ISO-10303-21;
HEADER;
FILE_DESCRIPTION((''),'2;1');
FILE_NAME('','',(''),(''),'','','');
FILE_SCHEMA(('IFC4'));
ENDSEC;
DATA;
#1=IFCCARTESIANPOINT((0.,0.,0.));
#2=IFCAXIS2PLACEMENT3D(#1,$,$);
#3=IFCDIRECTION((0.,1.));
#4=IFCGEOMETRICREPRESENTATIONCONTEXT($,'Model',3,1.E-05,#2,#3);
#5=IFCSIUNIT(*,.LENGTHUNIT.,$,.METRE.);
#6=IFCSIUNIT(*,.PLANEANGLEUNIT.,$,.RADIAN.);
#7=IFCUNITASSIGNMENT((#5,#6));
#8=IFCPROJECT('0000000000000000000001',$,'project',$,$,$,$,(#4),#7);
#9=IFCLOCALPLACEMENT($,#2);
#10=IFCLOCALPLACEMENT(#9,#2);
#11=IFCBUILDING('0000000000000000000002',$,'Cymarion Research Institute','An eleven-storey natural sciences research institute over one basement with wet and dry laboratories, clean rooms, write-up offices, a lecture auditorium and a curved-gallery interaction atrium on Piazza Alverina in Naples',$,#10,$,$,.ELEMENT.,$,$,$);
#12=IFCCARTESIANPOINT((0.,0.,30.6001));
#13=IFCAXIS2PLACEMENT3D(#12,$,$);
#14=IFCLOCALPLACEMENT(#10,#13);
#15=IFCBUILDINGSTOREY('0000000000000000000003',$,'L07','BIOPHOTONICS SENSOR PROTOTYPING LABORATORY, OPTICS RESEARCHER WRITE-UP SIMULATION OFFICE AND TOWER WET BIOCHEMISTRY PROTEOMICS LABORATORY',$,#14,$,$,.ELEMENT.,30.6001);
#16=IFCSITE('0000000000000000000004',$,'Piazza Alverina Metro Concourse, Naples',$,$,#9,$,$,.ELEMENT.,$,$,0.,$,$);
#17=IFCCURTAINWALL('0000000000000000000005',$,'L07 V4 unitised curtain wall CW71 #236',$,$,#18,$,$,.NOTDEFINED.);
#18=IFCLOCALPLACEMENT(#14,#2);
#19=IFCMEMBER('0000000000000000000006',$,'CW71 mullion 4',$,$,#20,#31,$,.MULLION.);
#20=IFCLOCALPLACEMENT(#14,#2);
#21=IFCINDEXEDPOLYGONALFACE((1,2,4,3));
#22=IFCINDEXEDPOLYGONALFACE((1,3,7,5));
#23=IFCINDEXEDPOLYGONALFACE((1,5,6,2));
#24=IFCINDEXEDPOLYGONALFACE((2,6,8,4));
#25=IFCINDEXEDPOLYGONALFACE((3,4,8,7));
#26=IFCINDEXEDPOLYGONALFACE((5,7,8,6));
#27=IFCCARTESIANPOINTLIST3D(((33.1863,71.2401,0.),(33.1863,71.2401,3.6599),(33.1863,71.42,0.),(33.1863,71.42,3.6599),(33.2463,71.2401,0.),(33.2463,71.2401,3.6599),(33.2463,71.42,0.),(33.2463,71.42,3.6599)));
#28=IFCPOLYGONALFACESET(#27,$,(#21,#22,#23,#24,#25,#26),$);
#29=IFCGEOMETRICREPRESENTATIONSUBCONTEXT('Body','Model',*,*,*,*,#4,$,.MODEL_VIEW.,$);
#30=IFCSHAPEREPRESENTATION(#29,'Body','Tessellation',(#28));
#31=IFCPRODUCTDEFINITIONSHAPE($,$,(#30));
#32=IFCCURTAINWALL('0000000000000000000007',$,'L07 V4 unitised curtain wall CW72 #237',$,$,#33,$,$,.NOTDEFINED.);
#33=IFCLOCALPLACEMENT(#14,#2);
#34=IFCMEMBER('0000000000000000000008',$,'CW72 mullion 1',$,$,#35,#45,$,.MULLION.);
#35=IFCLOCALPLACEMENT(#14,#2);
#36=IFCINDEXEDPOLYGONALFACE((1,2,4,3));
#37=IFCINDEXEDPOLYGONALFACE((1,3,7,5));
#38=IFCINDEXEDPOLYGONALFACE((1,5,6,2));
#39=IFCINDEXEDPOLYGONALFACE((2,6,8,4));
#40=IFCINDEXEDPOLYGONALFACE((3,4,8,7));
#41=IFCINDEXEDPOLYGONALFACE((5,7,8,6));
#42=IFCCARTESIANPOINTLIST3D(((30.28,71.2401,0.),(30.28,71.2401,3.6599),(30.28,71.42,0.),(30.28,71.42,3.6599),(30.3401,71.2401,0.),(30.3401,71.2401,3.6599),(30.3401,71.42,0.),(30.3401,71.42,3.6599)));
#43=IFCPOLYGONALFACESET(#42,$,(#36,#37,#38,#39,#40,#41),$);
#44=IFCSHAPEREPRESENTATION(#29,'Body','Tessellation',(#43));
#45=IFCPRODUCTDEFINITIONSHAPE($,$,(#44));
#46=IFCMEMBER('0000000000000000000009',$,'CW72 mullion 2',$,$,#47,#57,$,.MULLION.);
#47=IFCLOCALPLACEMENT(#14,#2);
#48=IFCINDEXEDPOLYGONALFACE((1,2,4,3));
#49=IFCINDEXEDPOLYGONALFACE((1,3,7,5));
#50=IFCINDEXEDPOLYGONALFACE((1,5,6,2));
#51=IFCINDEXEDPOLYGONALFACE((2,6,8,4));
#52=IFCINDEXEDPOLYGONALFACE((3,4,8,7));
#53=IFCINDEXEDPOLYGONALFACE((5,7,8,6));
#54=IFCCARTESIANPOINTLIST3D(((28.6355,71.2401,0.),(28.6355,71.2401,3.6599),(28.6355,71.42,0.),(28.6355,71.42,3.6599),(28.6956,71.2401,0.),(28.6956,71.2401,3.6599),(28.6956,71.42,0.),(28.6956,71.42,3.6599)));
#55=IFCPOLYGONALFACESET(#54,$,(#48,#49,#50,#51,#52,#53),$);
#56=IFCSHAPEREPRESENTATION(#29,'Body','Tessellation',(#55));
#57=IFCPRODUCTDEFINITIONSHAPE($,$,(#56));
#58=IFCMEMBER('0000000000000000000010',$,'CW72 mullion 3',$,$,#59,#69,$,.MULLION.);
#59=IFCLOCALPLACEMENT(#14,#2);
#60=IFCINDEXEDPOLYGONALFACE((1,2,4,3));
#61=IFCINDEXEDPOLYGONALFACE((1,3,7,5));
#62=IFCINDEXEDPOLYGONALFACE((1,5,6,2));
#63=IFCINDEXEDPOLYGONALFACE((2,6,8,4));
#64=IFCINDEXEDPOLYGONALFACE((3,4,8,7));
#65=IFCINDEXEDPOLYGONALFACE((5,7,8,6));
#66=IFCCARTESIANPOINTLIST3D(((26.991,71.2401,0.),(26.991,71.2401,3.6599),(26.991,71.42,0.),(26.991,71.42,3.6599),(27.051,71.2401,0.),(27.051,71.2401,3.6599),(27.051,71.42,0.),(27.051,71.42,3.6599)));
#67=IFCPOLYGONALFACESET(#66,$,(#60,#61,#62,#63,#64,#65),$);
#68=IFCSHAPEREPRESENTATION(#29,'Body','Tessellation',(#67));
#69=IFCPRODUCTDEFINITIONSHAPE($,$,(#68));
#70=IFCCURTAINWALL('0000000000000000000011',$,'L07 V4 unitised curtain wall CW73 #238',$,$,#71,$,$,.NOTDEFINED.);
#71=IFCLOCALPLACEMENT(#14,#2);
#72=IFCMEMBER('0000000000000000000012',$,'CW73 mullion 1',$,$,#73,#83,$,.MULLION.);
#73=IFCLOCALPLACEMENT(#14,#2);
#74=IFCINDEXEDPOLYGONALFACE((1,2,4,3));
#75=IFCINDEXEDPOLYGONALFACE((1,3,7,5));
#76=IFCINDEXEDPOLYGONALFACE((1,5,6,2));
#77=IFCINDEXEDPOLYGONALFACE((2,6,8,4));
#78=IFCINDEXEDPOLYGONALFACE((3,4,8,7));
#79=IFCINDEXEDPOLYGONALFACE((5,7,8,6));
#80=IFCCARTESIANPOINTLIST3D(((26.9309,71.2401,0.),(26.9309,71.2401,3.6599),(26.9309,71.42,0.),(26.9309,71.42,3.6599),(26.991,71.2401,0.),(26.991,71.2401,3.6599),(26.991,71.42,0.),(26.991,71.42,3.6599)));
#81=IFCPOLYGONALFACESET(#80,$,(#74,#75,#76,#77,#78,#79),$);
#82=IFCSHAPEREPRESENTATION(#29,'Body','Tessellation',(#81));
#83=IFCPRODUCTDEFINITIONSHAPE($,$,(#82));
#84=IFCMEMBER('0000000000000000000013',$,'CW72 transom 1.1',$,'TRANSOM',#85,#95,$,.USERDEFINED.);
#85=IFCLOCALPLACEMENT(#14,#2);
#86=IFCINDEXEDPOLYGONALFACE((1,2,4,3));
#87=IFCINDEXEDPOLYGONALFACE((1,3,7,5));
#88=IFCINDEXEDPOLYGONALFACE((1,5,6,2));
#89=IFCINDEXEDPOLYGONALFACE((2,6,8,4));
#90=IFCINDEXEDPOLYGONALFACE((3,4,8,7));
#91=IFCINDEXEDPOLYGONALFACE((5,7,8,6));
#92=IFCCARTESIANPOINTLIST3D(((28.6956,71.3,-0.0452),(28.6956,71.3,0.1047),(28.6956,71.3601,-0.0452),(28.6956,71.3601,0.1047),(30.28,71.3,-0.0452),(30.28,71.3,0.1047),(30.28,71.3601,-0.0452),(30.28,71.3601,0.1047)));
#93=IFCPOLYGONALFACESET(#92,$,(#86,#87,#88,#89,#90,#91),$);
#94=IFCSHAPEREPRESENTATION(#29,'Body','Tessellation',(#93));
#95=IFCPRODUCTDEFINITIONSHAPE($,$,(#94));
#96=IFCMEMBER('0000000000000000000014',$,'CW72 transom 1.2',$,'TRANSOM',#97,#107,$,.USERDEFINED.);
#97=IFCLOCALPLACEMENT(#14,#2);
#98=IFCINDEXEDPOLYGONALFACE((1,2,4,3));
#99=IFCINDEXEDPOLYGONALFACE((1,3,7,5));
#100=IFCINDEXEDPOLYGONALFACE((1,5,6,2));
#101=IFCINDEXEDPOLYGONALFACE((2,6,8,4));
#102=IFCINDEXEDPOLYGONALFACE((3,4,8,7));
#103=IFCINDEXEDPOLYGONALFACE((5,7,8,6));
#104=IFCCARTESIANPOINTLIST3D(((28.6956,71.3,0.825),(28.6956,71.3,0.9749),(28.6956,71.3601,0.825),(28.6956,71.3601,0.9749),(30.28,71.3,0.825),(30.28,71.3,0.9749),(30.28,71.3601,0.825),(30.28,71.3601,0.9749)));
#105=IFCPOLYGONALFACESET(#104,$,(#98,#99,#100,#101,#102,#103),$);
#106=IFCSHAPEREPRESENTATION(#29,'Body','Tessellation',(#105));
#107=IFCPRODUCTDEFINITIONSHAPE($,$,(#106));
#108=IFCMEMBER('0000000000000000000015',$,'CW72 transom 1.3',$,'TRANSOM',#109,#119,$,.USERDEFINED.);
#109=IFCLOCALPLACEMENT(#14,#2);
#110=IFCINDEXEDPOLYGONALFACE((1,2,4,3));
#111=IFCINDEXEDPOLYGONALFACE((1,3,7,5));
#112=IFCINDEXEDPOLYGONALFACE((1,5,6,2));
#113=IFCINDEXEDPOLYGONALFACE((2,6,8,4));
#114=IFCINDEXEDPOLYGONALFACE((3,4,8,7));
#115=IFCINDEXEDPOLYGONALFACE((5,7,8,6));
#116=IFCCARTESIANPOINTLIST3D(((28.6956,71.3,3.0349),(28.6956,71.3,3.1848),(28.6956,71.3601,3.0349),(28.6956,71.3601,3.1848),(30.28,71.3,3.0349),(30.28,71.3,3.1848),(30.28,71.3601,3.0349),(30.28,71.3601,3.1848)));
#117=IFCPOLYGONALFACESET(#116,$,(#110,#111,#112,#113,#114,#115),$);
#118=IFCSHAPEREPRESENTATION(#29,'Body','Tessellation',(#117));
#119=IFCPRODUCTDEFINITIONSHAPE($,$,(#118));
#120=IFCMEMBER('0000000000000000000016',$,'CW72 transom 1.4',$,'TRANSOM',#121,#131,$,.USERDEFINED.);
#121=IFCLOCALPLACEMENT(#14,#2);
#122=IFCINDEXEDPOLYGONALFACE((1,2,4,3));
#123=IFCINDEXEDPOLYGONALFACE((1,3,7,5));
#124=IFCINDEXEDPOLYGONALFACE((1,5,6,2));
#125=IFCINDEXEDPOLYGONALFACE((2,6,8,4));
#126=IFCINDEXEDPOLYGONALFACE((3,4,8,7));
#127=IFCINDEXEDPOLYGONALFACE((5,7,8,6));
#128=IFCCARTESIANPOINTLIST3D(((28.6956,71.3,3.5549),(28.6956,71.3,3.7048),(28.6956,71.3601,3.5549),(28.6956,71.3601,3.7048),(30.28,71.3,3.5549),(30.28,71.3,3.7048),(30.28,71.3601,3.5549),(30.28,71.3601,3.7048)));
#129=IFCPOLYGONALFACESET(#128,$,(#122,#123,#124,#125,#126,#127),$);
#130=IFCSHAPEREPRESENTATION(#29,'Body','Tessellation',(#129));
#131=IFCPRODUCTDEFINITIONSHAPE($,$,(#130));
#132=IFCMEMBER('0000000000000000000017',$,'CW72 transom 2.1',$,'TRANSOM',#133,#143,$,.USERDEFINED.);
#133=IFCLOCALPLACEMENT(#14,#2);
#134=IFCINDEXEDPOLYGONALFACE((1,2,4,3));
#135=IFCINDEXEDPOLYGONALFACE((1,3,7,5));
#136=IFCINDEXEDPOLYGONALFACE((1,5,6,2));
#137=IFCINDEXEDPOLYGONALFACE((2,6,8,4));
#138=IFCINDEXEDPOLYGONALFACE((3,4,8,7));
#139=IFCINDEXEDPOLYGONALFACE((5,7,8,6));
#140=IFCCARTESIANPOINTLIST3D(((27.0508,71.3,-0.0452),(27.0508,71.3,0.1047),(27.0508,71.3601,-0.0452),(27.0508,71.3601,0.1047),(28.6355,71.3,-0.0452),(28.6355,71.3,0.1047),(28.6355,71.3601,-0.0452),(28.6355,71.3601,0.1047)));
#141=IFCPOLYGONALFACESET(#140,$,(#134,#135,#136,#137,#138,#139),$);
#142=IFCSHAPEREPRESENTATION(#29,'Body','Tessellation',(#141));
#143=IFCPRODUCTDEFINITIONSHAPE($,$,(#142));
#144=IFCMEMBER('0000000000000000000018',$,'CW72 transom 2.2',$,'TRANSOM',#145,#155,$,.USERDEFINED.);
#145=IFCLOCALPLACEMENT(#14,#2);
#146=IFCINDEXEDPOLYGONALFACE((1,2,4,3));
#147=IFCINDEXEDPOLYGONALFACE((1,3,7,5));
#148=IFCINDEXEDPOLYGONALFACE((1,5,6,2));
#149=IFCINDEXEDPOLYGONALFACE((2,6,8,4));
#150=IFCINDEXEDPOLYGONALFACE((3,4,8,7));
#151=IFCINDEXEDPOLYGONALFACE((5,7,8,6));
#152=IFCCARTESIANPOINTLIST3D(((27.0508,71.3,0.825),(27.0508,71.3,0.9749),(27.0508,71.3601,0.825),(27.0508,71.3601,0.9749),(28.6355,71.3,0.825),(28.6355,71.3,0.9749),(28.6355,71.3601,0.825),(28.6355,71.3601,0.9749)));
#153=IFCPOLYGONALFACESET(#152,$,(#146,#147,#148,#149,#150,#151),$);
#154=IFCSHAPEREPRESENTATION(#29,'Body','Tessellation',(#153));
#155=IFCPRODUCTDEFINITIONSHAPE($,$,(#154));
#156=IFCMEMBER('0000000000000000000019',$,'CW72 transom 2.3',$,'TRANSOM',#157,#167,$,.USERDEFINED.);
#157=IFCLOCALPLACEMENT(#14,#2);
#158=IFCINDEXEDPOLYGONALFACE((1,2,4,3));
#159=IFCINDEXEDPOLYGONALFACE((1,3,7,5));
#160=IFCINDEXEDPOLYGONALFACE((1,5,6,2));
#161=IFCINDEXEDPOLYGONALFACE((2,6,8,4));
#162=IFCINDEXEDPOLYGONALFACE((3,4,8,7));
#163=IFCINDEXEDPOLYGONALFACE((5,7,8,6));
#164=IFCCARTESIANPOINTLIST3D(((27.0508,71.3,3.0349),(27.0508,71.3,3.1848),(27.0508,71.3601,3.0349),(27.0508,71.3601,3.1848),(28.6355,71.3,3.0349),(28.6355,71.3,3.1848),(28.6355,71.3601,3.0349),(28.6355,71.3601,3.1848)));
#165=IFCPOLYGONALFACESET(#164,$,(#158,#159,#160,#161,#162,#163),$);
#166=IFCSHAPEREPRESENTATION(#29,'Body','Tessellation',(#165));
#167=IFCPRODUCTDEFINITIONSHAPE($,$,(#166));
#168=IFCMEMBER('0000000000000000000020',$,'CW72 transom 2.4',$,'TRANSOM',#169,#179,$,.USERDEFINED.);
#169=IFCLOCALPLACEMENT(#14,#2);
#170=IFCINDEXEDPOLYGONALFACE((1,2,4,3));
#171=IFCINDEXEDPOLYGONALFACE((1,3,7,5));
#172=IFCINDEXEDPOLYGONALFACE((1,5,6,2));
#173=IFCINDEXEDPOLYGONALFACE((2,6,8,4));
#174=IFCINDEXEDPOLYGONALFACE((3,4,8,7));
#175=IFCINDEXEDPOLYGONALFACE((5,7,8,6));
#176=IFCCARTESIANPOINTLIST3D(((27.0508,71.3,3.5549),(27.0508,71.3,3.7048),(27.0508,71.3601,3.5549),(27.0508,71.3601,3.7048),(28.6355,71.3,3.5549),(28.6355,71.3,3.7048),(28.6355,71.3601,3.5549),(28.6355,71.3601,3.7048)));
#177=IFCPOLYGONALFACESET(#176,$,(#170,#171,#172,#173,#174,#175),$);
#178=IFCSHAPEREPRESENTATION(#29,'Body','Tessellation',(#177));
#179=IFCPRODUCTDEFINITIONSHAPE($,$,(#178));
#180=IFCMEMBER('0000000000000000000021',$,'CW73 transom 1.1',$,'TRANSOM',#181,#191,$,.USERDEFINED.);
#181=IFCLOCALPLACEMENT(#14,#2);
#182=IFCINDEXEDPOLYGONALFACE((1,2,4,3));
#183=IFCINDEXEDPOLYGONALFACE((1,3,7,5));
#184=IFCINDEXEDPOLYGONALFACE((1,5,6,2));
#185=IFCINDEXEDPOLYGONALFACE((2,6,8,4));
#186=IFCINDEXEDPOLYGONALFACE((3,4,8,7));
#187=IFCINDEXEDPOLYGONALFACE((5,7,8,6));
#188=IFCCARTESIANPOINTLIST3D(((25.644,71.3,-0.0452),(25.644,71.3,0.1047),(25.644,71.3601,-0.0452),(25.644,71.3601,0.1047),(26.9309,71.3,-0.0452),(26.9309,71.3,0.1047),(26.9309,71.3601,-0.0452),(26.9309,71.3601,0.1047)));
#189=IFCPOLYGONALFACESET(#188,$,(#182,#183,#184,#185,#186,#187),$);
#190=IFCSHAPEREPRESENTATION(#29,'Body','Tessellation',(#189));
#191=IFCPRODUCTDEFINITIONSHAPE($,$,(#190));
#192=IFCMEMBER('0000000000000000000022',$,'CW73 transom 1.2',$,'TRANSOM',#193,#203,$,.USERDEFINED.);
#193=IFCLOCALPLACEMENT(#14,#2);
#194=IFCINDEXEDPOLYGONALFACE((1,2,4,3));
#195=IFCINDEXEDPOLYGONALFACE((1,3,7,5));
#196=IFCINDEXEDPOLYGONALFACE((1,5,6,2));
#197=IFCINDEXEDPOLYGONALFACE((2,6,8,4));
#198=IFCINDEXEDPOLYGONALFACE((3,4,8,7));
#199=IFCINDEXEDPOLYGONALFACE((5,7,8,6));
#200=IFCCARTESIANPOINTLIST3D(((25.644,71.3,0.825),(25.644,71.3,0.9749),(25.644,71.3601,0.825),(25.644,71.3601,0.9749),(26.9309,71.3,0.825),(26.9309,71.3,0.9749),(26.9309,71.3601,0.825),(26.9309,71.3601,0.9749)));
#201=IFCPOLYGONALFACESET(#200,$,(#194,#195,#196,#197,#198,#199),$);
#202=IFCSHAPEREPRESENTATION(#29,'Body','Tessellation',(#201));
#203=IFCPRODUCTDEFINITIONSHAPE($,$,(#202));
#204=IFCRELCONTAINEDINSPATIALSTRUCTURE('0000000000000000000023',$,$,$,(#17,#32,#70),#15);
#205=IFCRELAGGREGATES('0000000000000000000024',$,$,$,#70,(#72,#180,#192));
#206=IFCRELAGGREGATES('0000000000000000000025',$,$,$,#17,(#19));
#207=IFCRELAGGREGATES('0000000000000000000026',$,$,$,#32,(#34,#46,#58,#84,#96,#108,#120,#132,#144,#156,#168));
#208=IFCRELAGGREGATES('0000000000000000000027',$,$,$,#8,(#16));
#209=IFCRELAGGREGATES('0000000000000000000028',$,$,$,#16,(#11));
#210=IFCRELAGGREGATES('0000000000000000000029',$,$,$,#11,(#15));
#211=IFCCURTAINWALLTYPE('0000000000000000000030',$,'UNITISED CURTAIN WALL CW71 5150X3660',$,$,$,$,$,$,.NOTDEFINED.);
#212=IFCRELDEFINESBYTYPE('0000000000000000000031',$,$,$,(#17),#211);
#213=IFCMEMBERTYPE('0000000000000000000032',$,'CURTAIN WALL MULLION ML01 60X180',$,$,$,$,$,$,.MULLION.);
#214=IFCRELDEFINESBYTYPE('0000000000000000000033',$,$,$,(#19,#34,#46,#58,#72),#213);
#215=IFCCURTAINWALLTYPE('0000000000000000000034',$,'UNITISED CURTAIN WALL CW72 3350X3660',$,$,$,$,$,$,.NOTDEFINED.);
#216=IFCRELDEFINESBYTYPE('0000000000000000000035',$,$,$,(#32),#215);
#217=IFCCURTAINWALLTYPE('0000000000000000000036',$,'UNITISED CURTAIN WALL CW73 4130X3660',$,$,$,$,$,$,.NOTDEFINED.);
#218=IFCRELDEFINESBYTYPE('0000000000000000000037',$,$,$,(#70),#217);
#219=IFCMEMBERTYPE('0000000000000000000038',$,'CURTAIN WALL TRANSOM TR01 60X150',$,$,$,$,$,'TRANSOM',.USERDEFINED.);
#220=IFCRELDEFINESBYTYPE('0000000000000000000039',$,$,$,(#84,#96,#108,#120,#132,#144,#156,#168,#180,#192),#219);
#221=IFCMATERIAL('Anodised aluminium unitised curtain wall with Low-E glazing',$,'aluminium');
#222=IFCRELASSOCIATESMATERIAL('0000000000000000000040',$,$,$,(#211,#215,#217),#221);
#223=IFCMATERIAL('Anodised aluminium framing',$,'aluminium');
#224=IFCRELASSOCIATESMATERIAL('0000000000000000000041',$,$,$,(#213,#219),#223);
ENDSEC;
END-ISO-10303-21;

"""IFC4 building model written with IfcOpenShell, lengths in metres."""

from ifc_helpers import new_model, si_unit, direction, frame, origin, origin_2d, place, context, subcontext, project, spatial, rectangle, extrude, material, material_profile, profile_set, type_object, element, aggregate, save


model = new_model("IFC4")

# Units and contexts
model_context = context("Model", 3, precision=1e-05, world=origin(), true_north=direction((0.0, 1.0)))
body_context = subcontext(model_context, "Body", "Model", "MODEL_VIEW")
ifc_project = project(units=[si_unit("LENGTHUNIT", "METRE"), si_unit("PLANEANGLEUNIT", "RADIAN")], contexts=[model_context])

# Site, building, storey
site_placement = place(None, origin())
site = spatial("IfcSite", under=ifc_project, at=site_placement, Name="Piazza Alverina Metro Concourse, Naples", CompositionType="ELEMENT", RefElevation=0.0)
building_placement = place(site_placement, origin())
building = spatial("IfcBuilding", under=site, at=building_placement, Name="Cymarion Research Institute", Description="An eleven-storey natural sciences research institute over one basement with wet and dry laboratories, clean rooms, write-up offices, a lecture auditorium and a curved-gallery interaction atrium on Piazza Alverina in Naples", CompositionType="ELEMENT")
storey_placement = place(building_placement, frame((0.0, 0.0, 30.6001)))
storey = spatial("IfcBuildingStorey", under=building, at=storey_placement, Name="L07", Description="BIOPHOTONICS SENSOR PROTOTYPING LABORATORY, OPTICS RESEARCHER WRITE-UP SIMULATION OFFICE AND TOWER WET BIOCHEMISTRY PROTEOMICS LABORATORY", CompositionType="ELEMENT", Elevation=30.6001)

# Curtain wall, member
ifc_material_1 = material(Name="Anodised aluminium unitised curtain wall with Low-E glazing", Category="aluminium")
curtain_wall_type_1 = type_object("IfcCurtainWallType", Name="UNITISED CURTAIN WALL CW71 5150X3660", PredefinedType="NOTDEFINED", material=ifc_material_1)
curtain_wall_1_placement = place(storey_placement, origin())
curtain_wall_1 = element("IfcCurtainWall", 1, at=curtain_wall_1_placement, inside=storey, type_object=curtain_wall_type_1, Name="L07 V4 unitised curtain wall CW71 #236", PredefinedType="NOTDEFINED")
ifc_material_2 = material(Name="Anodised aluminium framing", Category="aluminium")
ifc_material_profile_1 = material_profile(ifc_material_2, rectangle(XDim=0.0601, YDim=0.1799, at=origin_2d()), Name="ALU MULLION 60x180")
ifc_profile_set_1 = profile_set([ifc_material_profile_1], Name="Anodised aluminium framing")
member_type_1 = type_object("IfcMemberType", Name="CURTAIN WALL MULLION ML01 60X180", PredefinedType="MULLION", material=ifc_profile_set_1)
member_1_placement = place(storey_placement, frame((33.2163, 71.3301, 0.0), z_axis=(0.0, 0.0, 1.0), x_axis=(-1.0, 0.0, 0.0)))
member_1 = element("IfcMember", 2, at=member_1_placement, type_object=member_type_1, Name="CW71 mullion 4", PredefinedType="MULLION", context=body_context, shape_type="SweptSolid", body=[
    extrude(rectangle(XDim=0.0601, YDim=0.1799, at=origin_2d()), origin(), (0.0, 0.0, 1.0), 3.6599),
])

# Curtain wall, members
curtain_wall_type_2 = type_object("IfcCurtainWallType", Name="UNITISED CURTAIN WALL CW72 3350X3660", PredefinedType="NOTDEFINED", material=ifc_material_1)
curtain_wall_2_placement = place(storey_placement, origin())
curtain_wall_2 = element("IfcCurtainWall", 3, at=curtain_wall_2_placement, inside=storey, type_object=curtain_wall_type_2, Name="L07 V4 unitised curtain wall CW72 #237", PredefinedType="NOTDEFINED")
member_2_placement = place(storey_placement, frame((30.3101, 71.3301, 0.0), z_axis=(0.0, 0.0, 1.0), x_axis=(-1.0, 0.0, 0.0)))
member_2 = element("IfcMember", 4, at=member_2_placement, type_object=member_type_1, Name="CW72 mullion 1", PredefinedType="MULLION", context=body_context, shape_type="SweptSolid", body=[
    extrude(rectangle(XDim=0.0601, YDim=0.1799, at=origin_2d()), origin(), (0.0, 0.0, 1.0), 3.6599),
])
member_3_placement = place(storey_placement, frame((28.6655, 71.3301, 0.0), z_axis=(0.0, 0.0, 1.0), x_axis=(-1.0, 0.0, 0.0)))
member_3 = element("IfcMember", 5, at=member_3_placement, type_object=member_type_1, Name="CW72 mullion 2", PredefinedType="MULLION", context=body_context, shape_type="SweptSolid", body=[
    extrude(rectangle(XDim=0.0601, YDim=0.1799, at=origin_2d()), origin(), (0.0, 0.0, 1.0), 3.6599),
])
member_4_placement = place(storey_placement, frame((27.021, 71.3301, 0.0), z_axis=(0.0, 0.0, 1.0), x_axis=(-1.0, 0.0, 0.0)))
member_4 = element("IfcMember", 6, at=member_4_placement, type_object=member_type_1, Name="CW72 mullion 3", PredefinedType="MULLION", context=body_context, shape_type="SweptSolid", body=[
    extrude(rectangle(XDim=0.0601, YDim=0.1799, at=origin_2d()), origin(), (0.0, 0.0, 1.0), 3.6599),
])

# Curtain wall, member
curtain_wall_type_3 = type_object("IfcCurtainWallType", Name="UNITISED CURTAIN WALL CW73 4130X3660", PredefinedType="NOTDEFINED", material=ifc_material_1)
curtain_wall_3_placement = place(storey_placement, origin())
curtain_wall_3 = element("IfcCurtainWall", 7, at=curtain_wall_3_placement, inside=storey, type_object=curtain_wall_type_3, Name="L07 V4 unitised curtain wall CW73 #238", PredefinedType="NOTDEFINED")
member_5_placement = place(storey_placement, frame((26.9609, 71.3301, 0.0), z_axis=(0.0, 0.0, 1.0), x_axis=(-1.0, 0.0, 0.0)))
member_5 = element("IfcMember", 8, at=member_5_placement, type_object=member_type_1, Name="CW73 mullion 1", PredefinedType="MULLION", context=body_context, shape_type="SweptSolid", body=[
    extrude(rectangle(XDim=0.0601, YDim=0.1799, at=origin_2d()), origin(), (0.0, 0.0, 1.0), 3.6599),
])

# Members
ifc_material_profile_2 = material_profile(ifc_material_2, rectangle(XDim=0.0601, YDim=0.1499, at=origin_2d()), Name="ALU TRANSOM 60x150")
ifc_profile_set_2 = profile_set([ifc_material_profile_2], Name="Anodised aluminium framing")
member_type_2 = type_object("IfcMemberType", Name="CURTAIN WALL TRANSOM TR01 60X150", ElementType="TRANSOM", PredefinedType="USERDEFINED", material=ifc_profile_set_2)
member_6_placement = place(storey_placement, frame((30.28, 71.3301, 0.0298), z_axis=(-1.0, 0.0, 0.0), x_axis=(0.0, -1.0, 0.0)))
member_6 = element("IfcMember", 9, at=member_6_placement, type_object=member_type_2, Name="CW72 transom 1.1", ObjectType="TRANSOM", PredefinedType="USERDEFINED", context=body_context, shape_type="SweptSolid", body=[
    extrude(rectangle(XDim=0.0601, YDim=0.1499, at=origin_2d()), origin(), (0.0, 0.0, 1.0), 1.5845),
])
member_7_placement = place(storey_placement, frame((30.28, 71.3301, 0.8999), z_axis=(-1.0, 0.0, 0.0), x_axis=(0.0, -1.0, 0.0)))
member_7 = element("IfcMember", 10, at=member_7_placement, type_object=member_type_2, Name="CW72 transom 1.2", ObjectType="TRANSOM", PredefinedType="USERDEFINED", context=body_context, shape_type="SweptSolid", body=[
    extrude(rectangle(XDim=0.0601, YDim=0.1499, at=origin_2d()), origin(), (0.0, 0.0, 1.0), 1.5845),
])
member_8_placement = place(storey_placement, frame((30.28, 71.3301, 3.1099), z_axis=(-1.0, 0.0, 0.0), x_axis=(0.0, -1.0, 0.0)))
member_8 = element("IfcMember", 11, at=member_8_placement, type_object=member_type_2, Name="CW72 transom 1.3", ObjectType="TRANSOM", PredefinedType="USERDEFINED", context=body_context, shape_type="SweptSolid", body=[
    extrude(rectangle(XDim=0.0601, YDim=0.1499, at=origin_2d()), origin(), (0.0, 0.0, 1.0), 1.5845),
])
member_9_placement = place(storey_placement, frame((30.28, 71.3301, 3.6299), z_axis=(-1.0, 0.0, 0.0), x_axis=(0.0, -1.0, 0.0)))
member_9 = element("IfcMember", 12, at=member_9_placement, type_object=member_type_2, Name="CW72 transom 1.4", ObjectType="TRANSOM", PredefinedType="USERDEFINED", context=body_context, shape_type="SweptSolid", body=[
    extrude(rectangle(XDim=0.0601, YDim=0.1499, at=origin_2d()), origin(), (0.0, 0.0, 1.0), 1.5845),
])
member_10_placement = place(storey_placement, frame((28.6355, 71.3301, 0.0298), z_axis=(-1.0, 0.0, 0.0), x_axis=(0.0, -1.0, 0.0)))
member_10 = element("IfcMember", 13, at=member_10_placement, type_object=member_type_2, Name="CW72 transom 2.1", ObjectType="TRANSOM", PredefinedType="USERDEFINED", context=body_context, shape_type="SweptSolid", body=[
    extrude(rectangle(XDim=0.0601, YDim=0.1499, at=origin_2d()), origin(), (0.0, 0.0, 1.0), 1.5847),
])
member_11_placement = place(storey_placement, frame((28.6355, 71.3301, 0.8999), z_axis=(-1.0, 0.0, 0.0), x_axis=(0.0, -1.0, 0.0)))
member_11 = element("IfcMember", 14, at=member_11_placement, type_object=member_type_2, Name="CW72 transom 2.2", ObjectType="TRANSOM", PredefinedType="USERDEFINED", context=body_context, shape_type="SweptSolid", body=[
    extrude(rectangle(XDim=0.0601, YDim=0.1499, at=origin_2d()), origin(), (0.0, 0.0, 1.0), 1.5847),
])
member_12_placement = place(storey_placement, frame((28.6355, 71.3301, 3.1099), z_axis=(-1.0, 0.0, 0.0), x_axis=(0.0, -1.0, 0.0)))
member_12 = element("IfcMember", 15, at=member_12_placement, type_object=member_type_2, Name="CW72 transom 2.3", ObjectType="TRANSOM", PredefinedType="USERDEFINED", context=body_context, shape_type="SweptSolid", body=[
    extrude(rectangle(XDim=0.0601, YDim=0.1499, at=origin_2d()), origin(), (0.0, 0.0, 1.0), 1.5847),
])
member_13_placement = place(storey_placement, frame((28.6355, 71.3301, 3.6299), z_axis=(-1.0, 0.0, 0.0), x_axis=(0.0, -1.0, 0.0)))
member_13 = element("IfcMember", 16, at=member_13_placement, type_object=member_type_2, Name="CW72 transom 2.4", ObjectType="TRANSOM", PredefinedType="USERDEFINED", context=body_context, shape_type="SweptSolid", body=[
    extrude(rectangle(XDim=0.0601, YDim=0.1499, at=origin_2d()), origin(), (0.0, 0.0, 1.0), 1.5847),
])
member_14_placement = place(storey_placement, frame((26.9309, 71.3301, 0.0298), z_axis=(-1.0, 0.0, 0.0), x_axis=(0.0, -1.0, 0.0)))
member_14 = element("IfcMember", 17, at=member_14_placement, type_object=member_type_2, Name="CW73 transom 1.1", ObjectType="TRANSOM", PredefinedType="USERDEFINED", context=body_context, shape_type="SweptSolid", body=[
    extrude(rectangle(XDim=0.0601, YDim=0.1499, at=origin_2d()), origin(), (0.0, 0.0, 1.0), 1.2869),
])
member_15_placement = place(storey_placement, frame((26.9309, 71.3301, 0.8999), z_axis=(-1.0, 0.0, 0.0), x_axis=(0.0, -1.0, 0.0)))
member_15 = element("IfcMember", 18, at=member_15_placement, type_object=member_type_2, Name="CW73 transom 1.2", ObjectType="TRANSOM", PredefinedType="USERDEFINED", context=body_context, shape_type="SweptSolid", body=[
    extrude(rectangle(XDim=0.0601, YDim=0.1499, at=origin_2d()), origin(), (0.0, 0.0, 1.0), 1.2869),
])

aggregate(curtain_wall_3, [member_5, member_14, member_15])
aggregate(curtain_wall_1, [member_1])
aggregate(curtain_wall_2, [member_2, member_3, member_4, member_6, member_7, member_8, member_9, member_10, member_11, member_12, member_13])

save(model, "model.ifc")
